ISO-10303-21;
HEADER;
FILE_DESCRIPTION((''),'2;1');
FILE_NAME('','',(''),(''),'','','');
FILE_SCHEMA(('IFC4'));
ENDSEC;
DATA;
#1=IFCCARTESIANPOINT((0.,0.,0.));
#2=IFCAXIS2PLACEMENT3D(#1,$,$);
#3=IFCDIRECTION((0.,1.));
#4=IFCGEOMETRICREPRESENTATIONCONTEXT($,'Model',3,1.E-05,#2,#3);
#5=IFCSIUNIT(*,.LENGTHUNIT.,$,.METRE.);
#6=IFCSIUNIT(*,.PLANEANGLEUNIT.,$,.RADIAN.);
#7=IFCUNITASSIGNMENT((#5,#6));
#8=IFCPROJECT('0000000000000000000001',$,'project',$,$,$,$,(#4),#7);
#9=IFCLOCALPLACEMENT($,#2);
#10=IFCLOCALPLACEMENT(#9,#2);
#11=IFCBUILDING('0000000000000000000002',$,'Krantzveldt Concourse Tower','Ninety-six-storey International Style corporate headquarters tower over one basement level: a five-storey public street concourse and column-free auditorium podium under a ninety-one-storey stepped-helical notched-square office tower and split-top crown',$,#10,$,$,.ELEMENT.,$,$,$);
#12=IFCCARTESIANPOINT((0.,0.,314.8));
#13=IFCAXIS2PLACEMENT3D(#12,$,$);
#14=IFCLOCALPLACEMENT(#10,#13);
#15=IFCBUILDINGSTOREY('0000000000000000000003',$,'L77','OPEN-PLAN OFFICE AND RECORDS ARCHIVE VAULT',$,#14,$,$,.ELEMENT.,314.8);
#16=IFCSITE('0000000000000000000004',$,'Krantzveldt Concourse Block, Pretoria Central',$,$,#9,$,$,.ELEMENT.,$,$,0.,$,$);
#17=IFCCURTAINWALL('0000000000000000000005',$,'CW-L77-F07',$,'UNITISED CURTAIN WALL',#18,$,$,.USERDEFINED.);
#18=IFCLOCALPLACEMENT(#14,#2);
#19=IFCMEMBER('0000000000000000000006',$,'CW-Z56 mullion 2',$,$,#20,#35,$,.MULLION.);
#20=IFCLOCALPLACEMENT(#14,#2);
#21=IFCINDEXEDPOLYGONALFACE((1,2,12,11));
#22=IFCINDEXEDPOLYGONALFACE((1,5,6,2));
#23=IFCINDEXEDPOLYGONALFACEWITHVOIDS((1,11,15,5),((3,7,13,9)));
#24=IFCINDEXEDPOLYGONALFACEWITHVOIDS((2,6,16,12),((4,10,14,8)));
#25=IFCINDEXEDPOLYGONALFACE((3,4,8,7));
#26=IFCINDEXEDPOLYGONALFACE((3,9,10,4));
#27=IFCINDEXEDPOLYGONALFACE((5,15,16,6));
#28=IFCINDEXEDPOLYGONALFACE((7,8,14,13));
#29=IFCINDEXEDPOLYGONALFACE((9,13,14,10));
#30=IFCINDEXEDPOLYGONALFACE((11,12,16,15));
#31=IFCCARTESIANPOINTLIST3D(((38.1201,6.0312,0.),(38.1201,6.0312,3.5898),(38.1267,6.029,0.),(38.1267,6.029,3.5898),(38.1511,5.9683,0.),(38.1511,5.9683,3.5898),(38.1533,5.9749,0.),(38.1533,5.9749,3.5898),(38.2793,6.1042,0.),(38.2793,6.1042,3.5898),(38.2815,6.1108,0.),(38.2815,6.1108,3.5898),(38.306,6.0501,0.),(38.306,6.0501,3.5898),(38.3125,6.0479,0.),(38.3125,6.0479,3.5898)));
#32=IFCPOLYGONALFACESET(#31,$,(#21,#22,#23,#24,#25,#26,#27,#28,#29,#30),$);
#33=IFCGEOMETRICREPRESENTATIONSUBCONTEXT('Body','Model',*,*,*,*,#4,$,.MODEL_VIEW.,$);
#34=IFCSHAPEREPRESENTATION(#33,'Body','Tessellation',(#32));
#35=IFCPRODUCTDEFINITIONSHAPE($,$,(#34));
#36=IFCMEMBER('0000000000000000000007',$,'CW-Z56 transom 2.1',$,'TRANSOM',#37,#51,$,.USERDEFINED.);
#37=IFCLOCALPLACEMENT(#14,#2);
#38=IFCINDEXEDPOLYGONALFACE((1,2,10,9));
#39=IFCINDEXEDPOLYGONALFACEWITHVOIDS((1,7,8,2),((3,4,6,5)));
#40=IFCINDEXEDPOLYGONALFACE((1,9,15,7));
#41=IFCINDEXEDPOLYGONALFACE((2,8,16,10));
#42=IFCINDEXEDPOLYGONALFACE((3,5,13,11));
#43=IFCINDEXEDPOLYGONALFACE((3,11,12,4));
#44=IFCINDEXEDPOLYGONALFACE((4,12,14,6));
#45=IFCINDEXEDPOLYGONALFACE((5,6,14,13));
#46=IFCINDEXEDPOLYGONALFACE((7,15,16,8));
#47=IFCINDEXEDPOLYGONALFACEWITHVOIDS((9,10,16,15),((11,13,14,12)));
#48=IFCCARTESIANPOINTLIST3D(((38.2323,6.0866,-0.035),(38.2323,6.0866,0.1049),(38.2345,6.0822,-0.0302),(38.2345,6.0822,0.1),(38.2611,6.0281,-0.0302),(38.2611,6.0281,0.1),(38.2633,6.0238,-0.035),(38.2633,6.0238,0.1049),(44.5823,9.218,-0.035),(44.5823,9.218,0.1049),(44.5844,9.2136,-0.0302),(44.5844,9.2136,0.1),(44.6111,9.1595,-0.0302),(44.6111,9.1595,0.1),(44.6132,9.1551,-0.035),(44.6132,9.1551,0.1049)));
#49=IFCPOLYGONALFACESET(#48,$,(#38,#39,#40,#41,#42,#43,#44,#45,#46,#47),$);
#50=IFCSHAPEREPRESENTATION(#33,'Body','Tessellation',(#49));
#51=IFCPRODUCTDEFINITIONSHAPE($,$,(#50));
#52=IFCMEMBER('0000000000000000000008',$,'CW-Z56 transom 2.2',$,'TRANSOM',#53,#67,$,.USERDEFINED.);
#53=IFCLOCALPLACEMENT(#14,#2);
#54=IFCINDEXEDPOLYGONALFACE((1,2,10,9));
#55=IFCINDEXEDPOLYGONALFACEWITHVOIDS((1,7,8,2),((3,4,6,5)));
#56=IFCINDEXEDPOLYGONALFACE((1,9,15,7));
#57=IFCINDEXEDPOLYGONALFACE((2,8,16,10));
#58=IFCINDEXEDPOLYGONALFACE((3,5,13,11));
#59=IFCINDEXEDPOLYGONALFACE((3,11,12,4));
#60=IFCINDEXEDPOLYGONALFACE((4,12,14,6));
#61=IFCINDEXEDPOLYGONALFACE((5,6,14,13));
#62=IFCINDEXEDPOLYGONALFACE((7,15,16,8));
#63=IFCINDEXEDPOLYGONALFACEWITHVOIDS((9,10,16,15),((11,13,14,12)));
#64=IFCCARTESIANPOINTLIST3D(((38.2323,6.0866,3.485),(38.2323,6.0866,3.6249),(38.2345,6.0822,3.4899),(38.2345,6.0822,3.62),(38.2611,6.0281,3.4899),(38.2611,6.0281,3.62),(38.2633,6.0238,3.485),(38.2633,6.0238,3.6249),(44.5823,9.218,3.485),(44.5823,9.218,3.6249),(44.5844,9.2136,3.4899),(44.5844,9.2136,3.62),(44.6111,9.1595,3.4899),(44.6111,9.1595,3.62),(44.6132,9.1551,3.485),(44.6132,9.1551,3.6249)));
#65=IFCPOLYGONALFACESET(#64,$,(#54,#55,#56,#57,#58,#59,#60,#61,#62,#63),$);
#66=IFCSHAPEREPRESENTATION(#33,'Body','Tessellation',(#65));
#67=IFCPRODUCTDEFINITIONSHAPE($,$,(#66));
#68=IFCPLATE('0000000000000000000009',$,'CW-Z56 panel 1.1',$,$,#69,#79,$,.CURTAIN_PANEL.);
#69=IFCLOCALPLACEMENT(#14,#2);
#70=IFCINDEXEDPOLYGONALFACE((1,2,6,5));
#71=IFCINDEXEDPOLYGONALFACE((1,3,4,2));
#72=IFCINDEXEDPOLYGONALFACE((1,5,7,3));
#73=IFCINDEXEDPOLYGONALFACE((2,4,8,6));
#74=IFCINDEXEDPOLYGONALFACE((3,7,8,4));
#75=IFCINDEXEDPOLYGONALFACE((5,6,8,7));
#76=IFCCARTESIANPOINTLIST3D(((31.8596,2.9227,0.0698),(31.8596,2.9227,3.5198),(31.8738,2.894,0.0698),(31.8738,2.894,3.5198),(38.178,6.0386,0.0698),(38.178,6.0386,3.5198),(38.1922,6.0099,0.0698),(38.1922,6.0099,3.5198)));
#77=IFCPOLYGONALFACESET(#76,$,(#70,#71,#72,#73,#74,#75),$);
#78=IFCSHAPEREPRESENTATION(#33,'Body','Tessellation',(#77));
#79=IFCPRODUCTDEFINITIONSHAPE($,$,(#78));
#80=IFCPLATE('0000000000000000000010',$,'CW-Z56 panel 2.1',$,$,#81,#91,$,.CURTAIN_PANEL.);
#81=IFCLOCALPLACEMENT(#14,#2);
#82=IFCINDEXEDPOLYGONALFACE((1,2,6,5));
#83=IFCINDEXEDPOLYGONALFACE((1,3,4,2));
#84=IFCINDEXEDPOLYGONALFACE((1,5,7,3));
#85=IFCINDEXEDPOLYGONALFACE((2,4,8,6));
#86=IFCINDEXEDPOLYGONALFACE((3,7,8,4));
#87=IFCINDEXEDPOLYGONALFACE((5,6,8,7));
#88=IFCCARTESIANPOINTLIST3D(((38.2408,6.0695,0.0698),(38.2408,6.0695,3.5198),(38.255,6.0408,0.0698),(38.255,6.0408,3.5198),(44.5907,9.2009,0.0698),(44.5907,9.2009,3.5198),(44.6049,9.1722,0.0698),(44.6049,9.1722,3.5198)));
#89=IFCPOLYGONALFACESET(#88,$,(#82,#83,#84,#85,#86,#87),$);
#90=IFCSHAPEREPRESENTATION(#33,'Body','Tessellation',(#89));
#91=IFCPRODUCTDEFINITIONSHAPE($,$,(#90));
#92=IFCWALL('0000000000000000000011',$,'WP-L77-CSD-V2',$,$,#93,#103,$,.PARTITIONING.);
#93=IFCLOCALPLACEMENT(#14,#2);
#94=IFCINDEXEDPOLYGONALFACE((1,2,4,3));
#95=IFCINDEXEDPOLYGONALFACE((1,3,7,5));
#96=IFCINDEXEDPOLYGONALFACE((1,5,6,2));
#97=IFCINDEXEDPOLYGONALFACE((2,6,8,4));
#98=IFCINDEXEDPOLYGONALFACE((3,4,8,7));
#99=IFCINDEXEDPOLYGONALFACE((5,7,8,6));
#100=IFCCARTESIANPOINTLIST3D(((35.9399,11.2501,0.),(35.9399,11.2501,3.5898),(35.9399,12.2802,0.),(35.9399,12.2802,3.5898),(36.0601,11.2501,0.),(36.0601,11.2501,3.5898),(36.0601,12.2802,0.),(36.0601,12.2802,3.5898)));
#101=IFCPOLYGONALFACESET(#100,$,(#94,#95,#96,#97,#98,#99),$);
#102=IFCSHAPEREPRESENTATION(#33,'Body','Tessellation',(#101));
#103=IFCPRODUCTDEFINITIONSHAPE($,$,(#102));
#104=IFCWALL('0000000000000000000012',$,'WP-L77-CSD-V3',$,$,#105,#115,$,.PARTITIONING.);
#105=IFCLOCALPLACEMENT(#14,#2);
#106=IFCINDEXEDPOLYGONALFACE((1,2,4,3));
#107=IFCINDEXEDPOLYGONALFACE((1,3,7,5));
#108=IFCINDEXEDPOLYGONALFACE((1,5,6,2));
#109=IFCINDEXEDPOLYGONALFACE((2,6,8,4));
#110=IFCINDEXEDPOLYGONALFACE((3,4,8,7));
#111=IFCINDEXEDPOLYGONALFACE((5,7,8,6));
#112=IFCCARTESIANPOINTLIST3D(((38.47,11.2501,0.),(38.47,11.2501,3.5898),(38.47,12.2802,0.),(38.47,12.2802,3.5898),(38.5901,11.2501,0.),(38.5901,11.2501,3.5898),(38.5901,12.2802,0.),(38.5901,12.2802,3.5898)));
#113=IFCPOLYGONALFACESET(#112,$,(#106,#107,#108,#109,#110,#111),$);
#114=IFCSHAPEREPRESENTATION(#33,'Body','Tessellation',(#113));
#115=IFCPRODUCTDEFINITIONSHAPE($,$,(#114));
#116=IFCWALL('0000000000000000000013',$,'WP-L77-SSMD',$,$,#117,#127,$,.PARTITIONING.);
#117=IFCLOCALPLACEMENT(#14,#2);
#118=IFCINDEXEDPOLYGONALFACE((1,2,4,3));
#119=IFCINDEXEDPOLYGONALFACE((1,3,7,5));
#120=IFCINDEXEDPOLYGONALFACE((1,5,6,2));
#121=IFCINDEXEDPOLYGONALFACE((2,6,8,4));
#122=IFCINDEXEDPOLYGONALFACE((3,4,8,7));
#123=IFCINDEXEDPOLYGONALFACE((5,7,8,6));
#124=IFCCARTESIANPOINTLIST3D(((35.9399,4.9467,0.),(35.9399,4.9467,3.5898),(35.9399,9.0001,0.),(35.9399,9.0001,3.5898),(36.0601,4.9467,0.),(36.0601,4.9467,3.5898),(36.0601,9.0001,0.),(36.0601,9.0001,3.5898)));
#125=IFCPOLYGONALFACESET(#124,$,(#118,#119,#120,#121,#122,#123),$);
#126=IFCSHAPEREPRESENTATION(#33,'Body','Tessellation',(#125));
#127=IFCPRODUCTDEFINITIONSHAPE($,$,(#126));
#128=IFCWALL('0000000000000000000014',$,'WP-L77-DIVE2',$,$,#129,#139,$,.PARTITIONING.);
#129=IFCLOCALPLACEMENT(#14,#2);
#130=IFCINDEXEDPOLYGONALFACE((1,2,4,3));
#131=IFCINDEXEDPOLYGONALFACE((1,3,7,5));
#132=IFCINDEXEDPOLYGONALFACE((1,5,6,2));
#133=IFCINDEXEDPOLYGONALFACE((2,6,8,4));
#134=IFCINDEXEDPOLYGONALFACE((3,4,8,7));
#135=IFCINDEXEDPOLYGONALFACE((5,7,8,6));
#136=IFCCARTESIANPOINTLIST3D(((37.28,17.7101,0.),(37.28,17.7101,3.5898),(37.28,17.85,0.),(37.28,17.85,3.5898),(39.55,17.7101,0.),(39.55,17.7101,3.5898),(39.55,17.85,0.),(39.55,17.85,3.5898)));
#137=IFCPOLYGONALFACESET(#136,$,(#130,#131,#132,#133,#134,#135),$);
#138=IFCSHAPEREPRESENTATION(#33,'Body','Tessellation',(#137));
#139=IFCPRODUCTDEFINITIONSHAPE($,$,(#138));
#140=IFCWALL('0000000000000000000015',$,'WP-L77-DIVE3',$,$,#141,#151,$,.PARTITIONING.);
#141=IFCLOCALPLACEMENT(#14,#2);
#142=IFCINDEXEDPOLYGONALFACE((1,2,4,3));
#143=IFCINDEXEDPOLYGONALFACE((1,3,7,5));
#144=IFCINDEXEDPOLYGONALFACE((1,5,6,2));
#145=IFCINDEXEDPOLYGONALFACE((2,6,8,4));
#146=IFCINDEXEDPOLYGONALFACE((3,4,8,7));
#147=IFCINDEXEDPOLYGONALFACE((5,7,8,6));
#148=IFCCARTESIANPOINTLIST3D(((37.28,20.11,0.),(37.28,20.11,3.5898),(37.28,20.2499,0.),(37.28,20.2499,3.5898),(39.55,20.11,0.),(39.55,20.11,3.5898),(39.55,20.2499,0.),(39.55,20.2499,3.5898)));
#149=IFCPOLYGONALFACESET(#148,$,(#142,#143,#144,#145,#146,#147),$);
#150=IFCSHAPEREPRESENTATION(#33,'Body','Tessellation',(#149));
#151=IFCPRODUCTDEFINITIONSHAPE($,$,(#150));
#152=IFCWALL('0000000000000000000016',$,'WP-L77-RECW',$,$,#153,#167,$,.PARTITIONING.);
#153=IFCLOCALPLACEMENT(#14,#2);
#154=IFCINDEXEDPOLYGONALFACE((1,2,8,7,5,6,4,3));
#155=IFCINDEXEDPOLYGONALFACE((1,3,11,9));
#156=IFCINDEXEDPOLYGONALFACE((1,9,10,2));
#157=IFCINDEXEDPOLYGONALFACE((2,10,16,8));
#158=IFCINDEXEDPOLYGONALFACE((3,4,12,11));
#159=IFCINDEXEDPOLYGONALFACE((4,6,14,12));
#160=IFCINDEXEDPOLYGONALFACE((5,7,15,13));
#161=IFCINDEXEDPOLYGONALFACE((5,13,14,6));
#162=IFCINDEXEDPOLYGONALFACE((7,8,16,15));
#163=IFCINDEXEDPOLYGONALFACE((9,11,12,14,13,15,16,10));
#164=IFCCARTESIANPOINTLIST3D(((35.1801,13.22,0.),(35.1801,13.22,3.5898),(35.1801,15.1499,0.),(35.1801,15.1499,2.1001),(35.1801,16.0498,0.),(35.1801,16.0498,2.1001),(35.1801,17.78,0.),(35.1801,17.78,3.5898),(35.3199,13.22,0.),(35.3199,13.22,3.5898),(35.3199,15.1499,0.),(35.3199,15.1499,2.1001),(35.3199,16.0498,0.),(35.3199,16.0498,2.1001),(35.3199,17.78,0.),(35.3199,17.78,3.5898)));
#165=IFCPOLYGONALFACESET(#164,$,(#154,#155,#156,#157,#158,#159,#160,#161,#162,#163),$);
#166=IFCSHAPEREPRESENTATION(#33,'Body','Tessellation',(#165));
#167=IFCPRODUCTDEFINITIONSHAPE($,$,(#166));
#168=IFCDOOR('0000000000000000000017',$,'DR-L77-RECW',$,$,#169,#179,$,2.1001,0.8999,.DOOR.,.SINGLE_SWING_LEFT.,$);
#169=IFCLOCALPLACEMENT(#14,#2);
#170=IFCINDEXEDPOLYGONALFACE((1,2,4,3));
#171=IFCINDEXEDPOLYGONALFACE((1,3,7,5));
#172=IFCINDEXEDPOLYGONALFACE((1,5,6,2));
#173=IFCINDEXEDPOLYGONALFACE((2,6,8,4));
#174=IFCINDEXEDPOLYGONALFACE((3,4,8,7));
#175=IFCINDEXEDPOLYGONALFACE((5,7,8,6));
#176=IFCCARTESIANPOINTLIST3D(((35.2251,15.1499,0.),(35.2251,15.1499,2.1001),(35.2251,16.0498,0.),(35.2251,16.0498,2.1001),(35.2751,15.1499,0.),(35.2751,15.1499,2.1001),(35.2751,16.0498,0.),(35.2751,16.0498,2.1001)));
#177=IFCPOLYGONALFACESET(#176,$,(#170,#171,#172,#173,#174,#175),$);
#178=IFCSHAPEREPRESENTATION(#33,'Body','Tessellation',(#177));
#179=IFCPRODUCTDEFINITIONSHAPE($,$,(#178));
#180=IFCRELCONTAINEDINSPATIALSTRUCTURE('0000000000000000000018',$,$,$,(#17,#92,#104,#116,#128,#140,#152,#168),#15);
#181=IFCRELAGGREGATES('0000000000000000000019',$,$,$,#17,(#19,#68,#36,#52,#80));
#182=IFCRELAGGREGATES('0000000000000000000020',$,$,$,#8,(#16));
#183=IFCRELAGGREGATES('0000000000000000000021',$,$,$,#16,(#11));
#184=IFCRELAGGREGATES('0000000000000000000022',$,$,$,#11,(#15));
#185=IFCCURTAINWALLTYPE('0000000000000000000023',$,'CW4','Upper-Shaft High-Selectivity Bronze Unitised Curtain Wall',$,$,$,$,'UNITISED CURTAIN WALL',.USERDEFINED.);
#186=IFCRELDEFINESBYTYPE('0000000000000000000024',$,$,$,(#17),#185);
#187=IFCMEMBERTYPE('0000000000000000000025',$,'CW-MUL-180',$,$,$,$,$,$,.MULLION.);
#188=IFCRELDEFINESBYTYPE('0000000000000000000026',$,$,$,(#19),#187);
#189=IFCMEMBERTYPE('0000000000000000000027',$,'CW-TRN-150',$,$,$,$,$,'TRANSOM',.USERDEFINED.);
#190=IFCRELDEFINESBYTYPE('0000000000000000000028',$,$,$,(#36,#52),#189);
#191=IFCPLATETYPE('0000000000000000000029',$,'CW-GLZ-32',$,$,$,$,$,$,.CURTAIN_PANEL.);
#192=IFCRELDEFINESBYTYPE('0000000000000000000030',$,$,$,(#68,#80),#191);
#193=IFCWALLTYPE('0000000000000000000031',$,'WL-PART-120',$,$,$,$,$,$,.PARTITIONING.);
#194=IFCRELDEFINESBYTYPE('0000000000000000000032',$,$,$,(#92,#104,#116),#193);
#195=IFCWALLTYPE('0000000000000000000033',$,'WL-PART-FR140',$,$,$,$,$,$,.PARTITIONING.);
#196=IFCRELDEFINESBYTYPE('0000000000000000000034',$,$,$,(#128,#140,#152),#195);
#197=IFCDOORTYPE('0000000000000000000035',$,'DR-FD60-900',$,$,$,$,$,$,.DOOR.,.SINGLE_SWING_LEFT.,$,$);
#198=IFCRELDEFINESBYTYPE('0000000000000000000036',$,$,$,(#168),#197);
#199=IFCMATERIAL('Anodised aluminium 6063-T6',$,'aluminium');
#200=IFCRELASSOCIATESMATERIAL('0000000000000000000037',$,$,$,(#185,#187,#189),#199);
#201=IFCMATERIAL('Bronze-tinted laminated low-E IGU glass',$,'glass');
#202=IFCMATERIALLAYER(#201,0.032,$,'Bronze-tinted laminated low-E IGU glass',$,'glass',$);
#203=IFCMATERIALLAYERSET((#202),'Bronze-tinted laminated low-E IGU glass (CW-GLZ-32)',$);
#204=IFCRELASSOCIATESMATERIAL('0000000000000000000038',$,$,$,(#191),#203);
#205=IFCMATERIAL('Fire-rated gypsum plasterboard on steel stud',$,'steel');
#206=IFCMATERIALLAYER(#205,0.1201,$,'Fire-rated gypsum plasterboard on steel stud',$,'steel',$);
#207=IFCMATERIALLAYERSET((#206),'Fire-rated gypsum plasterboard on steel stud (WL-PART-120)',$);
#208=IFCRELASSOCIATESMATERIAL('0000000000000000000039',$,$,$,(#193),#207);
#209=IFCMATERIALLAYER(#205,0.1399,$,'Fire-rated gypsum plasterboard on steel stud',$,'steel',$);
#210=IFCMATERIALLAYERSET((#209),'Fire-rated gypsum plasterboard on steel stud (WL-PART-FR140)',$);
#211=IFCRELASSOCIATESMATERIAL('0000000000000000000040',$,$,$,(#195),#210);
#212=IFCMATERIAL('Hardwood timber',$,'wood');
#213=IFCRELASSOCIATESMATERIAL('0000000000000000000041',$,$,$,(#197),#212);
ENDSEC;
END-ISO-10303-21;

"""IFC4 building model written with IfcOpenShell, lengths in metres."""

from ifc_helpers import new_model, si_unit, direction, frame, frame_2d, origin, origin_2d, place, context, subcontext, project, spatial, rectangle, hollow_rectangle, extrude, source, transform, mapped, material, layer, layer_set, material_profile, profile_set, type_object, type_shapes, element, fill, aggregate, save


model = new_model("IFC4")

# Units and contexts
model_context = context("Model", 3, precision=1e-05, world=origin(), true_north=direction((0.0, 1.0)))
body_context = subcontext(model_context, "Body", "Model", "MODEL_VIEW")
ifc_project = project(units=[si_unit("LENGTHUNIT", "METRE"), si_unit("PLANEANGLEUNIT", "RADIAN")], contexts=[model_context])

# Site, building, storey
site_placement = place(None, origin())
site = spatial("IfcSite", under=ifc_project, at=site_placement, Name="Krantzveldt Concourse Block, Pretoria Central", CompositionType="ELEMENT", RefElevation=0.0)
building_placement = place(site_placement, origin())
building = spatial("IfcBuilding", under=site, at=building_placement, Name="Krantzveldt Concourse Tower", Description="Ninety-six-storey International Style corporate headquarters tower over one basement level: a five-storey public street concourse and column-free auditorium podium under a ninety-one-storey stepped-helical notched-square office tower and split-top crown", CompositionType="ELEMENT")
storey_placement = place(building_placement, frame((0.0, 0.0, 314.8)))
storey = spatial("IfcBuildingStorey", under=building, at=storey_placement, Name="L77", Description="OPEN-PLAN OFFICE AND RECORDS ARCHIVE VAULT", CompositionType="ELEMENT", Elevation=314.8)

# Curtain wall, members, plates
ifc_material_1 = material(Name="Anodised aluminium 6063-T6", Category="aluminium")
curtain_wall_type = type_object("IfcCurtainWallType", Name="CW4", Description="Upper-Shaft High-Selectivity Bronze Unitised Curtain Wall", ElementType="UNITISED CURTAIN WALL", PredefinedType="USERDEFINED", material=ifc_material_1)
curtain_wall_placement = place(storey_placement, origin())
curtain_wall = element("IfcCurtainWall", 1, at=curtain_wall_placement, inside=storey, type_object=curtain_wall_type, Name="CW-L77-F07", ObjectType="UNITISED CURTAIN WALL", PredefinedType="USERDEFINED")
ifc_material_profile_1 = material_profile(ifc_material_1, hollow_rectangle(XDim=0.0701, YDim=0.1799, WallThickness=0.0049, at=origin_2d()), Name="Anodised aluminium 6063-T6", Category="aluminium")
ifc_profile_set_1 = profile_set([ifc_material_profile_1], Name="Anodised aluminium 6063-T6 - ALU-MULL 180x70x5")
member_type_1 = type_object("IfcMemberType", Name="CW-MUL-180", PredefinedType="MULLION", material=ifc_profile_set_1)
shared_shape_1 = source(origin(), body_context, "Body", "SweptSolid", [
    extrude(hollow_rectangle(XDim=0.0701, YDim=0.1799, WallThickness=0.0049, at=origin_2d()), origin(), (0.0, 0.0, 1.0), 3.5898),
])
type_shapes(member_type_1, [shared_shape_1])
member_1_placement = place(storey_placement, frame((38.2163, 6.0396, 0.0), z_axis=(0.0, 0.0, 1.0), x_axis=(-0.442289, 0.896873, 0.0)))
member_1 = element("IfcMember", 2, at=member_1_placement, type_object=member_type_1, Name="CW-Z56 mullion 2", PredefinedType="MULLION", context=body_context, shape_type="MappedRepresentation", body=[
    mapped(shared_shape_1, transform((0.0, 0.0, 0.0), x_axis=(1.0, 0.0, 0.0), y_axis=(0.0, 1.0, 0.0), z_axis=(0.0, 0.0, 1.0), scale=1.0)),
])
ifc_material_profile_2 = material_profile(ifc_material_1, hollow_rectangle(XDim=0.0701, YDim=0.1399, WallThickness=0.0049, at=origin_2d()), Name="Anodised aluminium 6063-T6", Category="aluminium")
ifc_profile_set_2 = profile_set([ifc_material_profile_2], Name="Anodised aluminium 6063-T6 - ALU-TRAN 140x70x5")
member_type_2 = type_object("IfcMemberType", Name="CW-TRN-150", ElementType="TRANSOM", PredefinedType="USERDEFINED", material=ifc_profile_set_2)
shared_shape_2 = source(origin(), body_context, "Body", "SweptSolid", [
    extrude(hollow_rectangle(XDim=0.0701, YDim=0.1399, WallThickness=0.0049, at=origin_2d()), origin(), (0.0, 0.0, 1.0), 7.0801),
])
type_shapes(member_type_2, [shared_shape_2])
member_2_placement = place(storey_placement, frame((38.2478, 6.0552, 0.0349), z_axis=(0.896876, 0.442283, 0.0), x_axis=(-0.442283, 0.896876, 0.0)))
member_2 = element("IfcMember", 3, at=member_2_placement, type_object=member_type_2, Name="CW-Z56 transom 2.1", ObjectType="TRANSOM", PredefinedType="USERDEFINED", context=body_context, shape_type="MappedRepresentation", body=[
    mapped(shared_shape_2, transform((0.0, 0.0, 0.0), x_axis=(1.0, 0.0, 0.0), y_axis=(0.0, 1.0, 0.0), z_axis=(0.0, 0.0, 1.0), scale=1.0)),
])
member_3_placement = place(storey_placement, frame((38.2478, 6.0552, 3.5549), z_axis=(0.896876, 0.442283, 0.0), x_axis=(-0.442283, 0.896876, 0.0)))
member_3 = element("IfcMember", 4, at=member_3_placement, type_object=member_type_2, Name="CW-Z56 transom 2.2", ObjectType="TRANSOM", PredefinedType="USERDEFINED", context=body_context, shape_type="MappedRepresentation", body=[
    mapped(shared_shape_2, transform((0.0, 0.0, 0.0), x_axis=(1.0, 0.0, 0.0), y_axis=(0.0, 1.0, 0.0), z_axis=(0.0, 0.0, 1.0), scale=1.0)),
])
ifc_material_2 = material(Name="Bronze-tinted laminated low-E IGU glass", Category="glass")
ifc_layer_1 = layer(ifc_material_2, 0.032, Name="Bronze-tinted laminated low-E IGU glass", Category="glass")
ifc_layer_set_1 = layer_set([ifc_layer_1], Name="Bronze-tinted laminated low-E IGU glass (CW-GLZ-32)")
plate_type = type_object("IfcPlateType", Name="CW-GLZ-32", PredefinedType="CURTAIN_PANEL", material=ifc_layer_set_1)
shared_shape_3 = source(origin(), body_context, "Body", "SweptSolid", [
    extrude(rectangle(XDim=7.0449, YDim=0.032, at=origin_2d()), origin(), (0.0, 0.0, 1.0), 3.45),
])
plate_1_placement = place(storey_placement, frame((35.0259, 4.4663, 0.0698), z_axis=(0.0, 0.0, 1.0), x_axis=(0.896873, 0.442289, 0.0)))
plate_1 = element("IfcPlate", 5, at=plate_1_placement, type_object=plate_type, Name="CW-Z56 panel 1.1", PredefinedType="CURTAIN_PANEL", context=body_context, shape_type="MappedRepresentation", body=[
    mapped(shared_shape_3, transform((0.0, 0.0, 0.0), x_axis=(1.0, 0.0, 0.0), y_axis=(0.0, 1.0, 0.0), z_axis=(0.0, 0.0, 1.0), scale=1.0)),
])
shared_shape_4 = source(origin(), body_context, "Body", "SweptSolid", [
    extrude(rectangle(XDim=7.0801, YDim=0.032, at=origin_2d()), origin(), (0.0, 0.0, 1.0), 3.45),
])
type_shapes(plate_type, [shared_shape_3, shared_shape_4])
plate_2_placement = place(storey_placement, frame((41.4229, 7.6208, 0.0698), z_axis=(0.0, 0.0, 1.0), x_axis=(0.896873, 0.442289, 0.0)))
plate_2 = element("IfcPlate", 6, at=plate_2_placement, type_object=plate_type, Name="CW-Z56 panel 2.1", PredefinedType="CURTAIN_PANEL", context=body_context, shape_type="MappedRepresentation", body=[
    mapped(shared_shape_4, transform((0.0, 0.0, 0.0), x_axis=(1.0, 0.0, 0.0), y_axis=(0.0, 1.0, 0.0), z_axis=(0.0, 0.0, 1.0), scale=1.0)),
])
aggregate(curtain_wall, [member_1, plate_1, member_2, member_3, plate_2])

# Walls
ifc_material_3 = material(Name="Fire-rated gypsum plasterboard on steel stud", Category="steel")
ifc_layer_2 = layer(ifc_material_3, 0.1201, Name="Fire-rated gypsum plasterboard on steel stud", Category="steel")
ifc_layer_set_2 = layer_set([ifc_layer_2], Name="Fire-rated gypsum plasterboard on steel stud (WL-PART-120)")
wall_type_1 = type_object("IfcWallType", Name="WL-PART-120", PredefinedType="PARTITIONING", material=ifc_layer_set_2)
for number, where, z_axis, x_axis, name in (
    (7, (36.0, 11.25, 0.0), (0.0, 0.0, 1.0), (0.0, 1.0, 0.0), "WP-L77-CSD-V2"),
    (8, (38.53, 11.25, 0.0), (0.0, 0.0, 1.0), (0.0, 1.0, 0.0), "WP-L77-CSD-V3"),
):
    element("IfcWall", number, at=place(storey_placement, frame(where, z_axis=z_axis, x_axis=x_axis)), inside=storey, type_object=wall_type_1, Name=name, PredefinedType="PARTITIONING", context=body_context, shape_type="SweptSolid", body=[
        extrude(rectangle(XDim=1.03, YDim=0.1201, at=frame_2d((0.5151, 0.0))), origin(), (0.0, 0.0, 1.0), 3.5898),
    ])
wall_1_placement = place(storey_placement, frame((36.0, 4.9465, 0.0), z_axis=(0.0, 0.0, 1.0), x_axis=(0.0, 1.0, 0.0)))
element("IfcWall", 9, at=wall_1_placement, inside=storey, type_object=wall_type_1, Name="WP-L77-SSMD", PredefinedType="PARTITIONING", context=body_context, shape_type="SweptSolid", body=[
    extrude(rectangle(XDim=4.0535, YDim=0.1201, at=frame_2d((2.0269, 0.0))), origin(), (0.0, 0.0, 1.0), 3.5898),
])

# Shared definitions
ifc_layer_3 = layer(ifc_material_3, 0.1399, Name="Fire-rated gypsum plasterboard on steel stud", Category="steel")
ifc_layer_set_3 = layer_set([ifc_layer_3], Name="Fire-rated gypsum plasterboard on steel stud (WL-PART-FR140)")
wall_type_2 = type_object("IfcWallType", Name="WL-PART-FR140", PredefinedType="PARTITIONING", material=ifc_layer_set_3)

# Walls
for number, where, z_axis, x_axis, name in (
    (10, (37.28, 17.78, 0.0), (0.0, 0.0, 1.0), (1.0, 0.0, 0.0), "WP-L77-DIVE2"),
    (11, (37.28, 20.1799, 0.0), (0.0, 0.0, 1.0), (1.0, 0.0, 0.0), "WP-L77-DIVE3"),
):
    element("IfcWall", number, at=place(storey_placement, frame(where, z_axis=z_axis, x_axis=x_axis)), inside=storey, type_object=wall_type_2, Name=name, PredefinedType="PARTITIONING", context=body_context, shape_type="SweptSolid", body=[
        extrude(rectangle(XDim=2.27, YDim=0.1399, at=frame_2d((1.135, 0.0))), origin(), (0.0, 0.0, 1.0), 3.5898),
    ])

# Wall, opening, door
wall_2_placement = place(storey_placement, frame((35.25, 13.22, 0.0), z_axis=(0.0, 0.0, 1.0), x_axis=(0.0, 1.0, 0.0)))
wall_2 = element("IfcWall", 12, at=wall_2_placement, inside=storey, type_object=wall_type_2, Name="WP-L77-RECW", PredefinedType="PARTITIONING", context=body_context, shape_type="SweptSolid", body=[
    extrude(rectangle(XDim=4.5601, YDim=0.1399, at=frame_2d((2.28, 0.0))), origin(), (0.0, 0.0, 1.0), 3.5898),
])
opening_1_placement = place(wall_2_placement, frame((1.9299, 0.0, 0.0)))
opening_1 = element("IfcOpeningElement", 13, at=opening_1_placement, cuts=wall_2, PredefinedType="OPENING", context=body_context, shape_type="SweptSolid", body=[
    extrude(rectangle(XDim=0.8999, YDim=2.1001, at=frame_2d((0.45, 1.05))), frame((0.0, 0.0801, 0.0), z_axis=(0.0, -1.0, 0.0), x_axis=(1.0, 0.0, 0.0)), (0.0, 0.0, 1.0), 0.1599),
])
ifc_material_4 = material(Name="Hardwood timber", Category="wood")
door_type_1 = type_object("IfcDoorType", Name="DR-FD60-900", OperationType="SINGLE_SWING_LEFT", PredefinedType="DOOR", material=ifc_material_4)
door_1_placement = place(opening_1_placement, origin())
door_1 = element("IfcDoor", 14, at=door_1_placement, inside=storey, type_object=door_type_1, Name="DR-L77-RECW", OperationType="SINGLE_SWING_LEFT", OverallHeight=2.1001, OverallWidth=0.8999, PredefinedType="DOOR", context=body_context, shape_type="SweptSolid", body=[
    extrude(rectangle(XDim=0.8999, YDim=2.1001, at=frame_2d((0.45, 1.05))), frame((0.0, 0.0249, 0.0), z_axis=(0.0, -1.0, 0.0), x_axis=(1.0, 0.0, 0.0)), (0.0, 0.0, 1.0), 0.05),
])
fill(opening_1, door_1)

save(model, "model.ifc")
